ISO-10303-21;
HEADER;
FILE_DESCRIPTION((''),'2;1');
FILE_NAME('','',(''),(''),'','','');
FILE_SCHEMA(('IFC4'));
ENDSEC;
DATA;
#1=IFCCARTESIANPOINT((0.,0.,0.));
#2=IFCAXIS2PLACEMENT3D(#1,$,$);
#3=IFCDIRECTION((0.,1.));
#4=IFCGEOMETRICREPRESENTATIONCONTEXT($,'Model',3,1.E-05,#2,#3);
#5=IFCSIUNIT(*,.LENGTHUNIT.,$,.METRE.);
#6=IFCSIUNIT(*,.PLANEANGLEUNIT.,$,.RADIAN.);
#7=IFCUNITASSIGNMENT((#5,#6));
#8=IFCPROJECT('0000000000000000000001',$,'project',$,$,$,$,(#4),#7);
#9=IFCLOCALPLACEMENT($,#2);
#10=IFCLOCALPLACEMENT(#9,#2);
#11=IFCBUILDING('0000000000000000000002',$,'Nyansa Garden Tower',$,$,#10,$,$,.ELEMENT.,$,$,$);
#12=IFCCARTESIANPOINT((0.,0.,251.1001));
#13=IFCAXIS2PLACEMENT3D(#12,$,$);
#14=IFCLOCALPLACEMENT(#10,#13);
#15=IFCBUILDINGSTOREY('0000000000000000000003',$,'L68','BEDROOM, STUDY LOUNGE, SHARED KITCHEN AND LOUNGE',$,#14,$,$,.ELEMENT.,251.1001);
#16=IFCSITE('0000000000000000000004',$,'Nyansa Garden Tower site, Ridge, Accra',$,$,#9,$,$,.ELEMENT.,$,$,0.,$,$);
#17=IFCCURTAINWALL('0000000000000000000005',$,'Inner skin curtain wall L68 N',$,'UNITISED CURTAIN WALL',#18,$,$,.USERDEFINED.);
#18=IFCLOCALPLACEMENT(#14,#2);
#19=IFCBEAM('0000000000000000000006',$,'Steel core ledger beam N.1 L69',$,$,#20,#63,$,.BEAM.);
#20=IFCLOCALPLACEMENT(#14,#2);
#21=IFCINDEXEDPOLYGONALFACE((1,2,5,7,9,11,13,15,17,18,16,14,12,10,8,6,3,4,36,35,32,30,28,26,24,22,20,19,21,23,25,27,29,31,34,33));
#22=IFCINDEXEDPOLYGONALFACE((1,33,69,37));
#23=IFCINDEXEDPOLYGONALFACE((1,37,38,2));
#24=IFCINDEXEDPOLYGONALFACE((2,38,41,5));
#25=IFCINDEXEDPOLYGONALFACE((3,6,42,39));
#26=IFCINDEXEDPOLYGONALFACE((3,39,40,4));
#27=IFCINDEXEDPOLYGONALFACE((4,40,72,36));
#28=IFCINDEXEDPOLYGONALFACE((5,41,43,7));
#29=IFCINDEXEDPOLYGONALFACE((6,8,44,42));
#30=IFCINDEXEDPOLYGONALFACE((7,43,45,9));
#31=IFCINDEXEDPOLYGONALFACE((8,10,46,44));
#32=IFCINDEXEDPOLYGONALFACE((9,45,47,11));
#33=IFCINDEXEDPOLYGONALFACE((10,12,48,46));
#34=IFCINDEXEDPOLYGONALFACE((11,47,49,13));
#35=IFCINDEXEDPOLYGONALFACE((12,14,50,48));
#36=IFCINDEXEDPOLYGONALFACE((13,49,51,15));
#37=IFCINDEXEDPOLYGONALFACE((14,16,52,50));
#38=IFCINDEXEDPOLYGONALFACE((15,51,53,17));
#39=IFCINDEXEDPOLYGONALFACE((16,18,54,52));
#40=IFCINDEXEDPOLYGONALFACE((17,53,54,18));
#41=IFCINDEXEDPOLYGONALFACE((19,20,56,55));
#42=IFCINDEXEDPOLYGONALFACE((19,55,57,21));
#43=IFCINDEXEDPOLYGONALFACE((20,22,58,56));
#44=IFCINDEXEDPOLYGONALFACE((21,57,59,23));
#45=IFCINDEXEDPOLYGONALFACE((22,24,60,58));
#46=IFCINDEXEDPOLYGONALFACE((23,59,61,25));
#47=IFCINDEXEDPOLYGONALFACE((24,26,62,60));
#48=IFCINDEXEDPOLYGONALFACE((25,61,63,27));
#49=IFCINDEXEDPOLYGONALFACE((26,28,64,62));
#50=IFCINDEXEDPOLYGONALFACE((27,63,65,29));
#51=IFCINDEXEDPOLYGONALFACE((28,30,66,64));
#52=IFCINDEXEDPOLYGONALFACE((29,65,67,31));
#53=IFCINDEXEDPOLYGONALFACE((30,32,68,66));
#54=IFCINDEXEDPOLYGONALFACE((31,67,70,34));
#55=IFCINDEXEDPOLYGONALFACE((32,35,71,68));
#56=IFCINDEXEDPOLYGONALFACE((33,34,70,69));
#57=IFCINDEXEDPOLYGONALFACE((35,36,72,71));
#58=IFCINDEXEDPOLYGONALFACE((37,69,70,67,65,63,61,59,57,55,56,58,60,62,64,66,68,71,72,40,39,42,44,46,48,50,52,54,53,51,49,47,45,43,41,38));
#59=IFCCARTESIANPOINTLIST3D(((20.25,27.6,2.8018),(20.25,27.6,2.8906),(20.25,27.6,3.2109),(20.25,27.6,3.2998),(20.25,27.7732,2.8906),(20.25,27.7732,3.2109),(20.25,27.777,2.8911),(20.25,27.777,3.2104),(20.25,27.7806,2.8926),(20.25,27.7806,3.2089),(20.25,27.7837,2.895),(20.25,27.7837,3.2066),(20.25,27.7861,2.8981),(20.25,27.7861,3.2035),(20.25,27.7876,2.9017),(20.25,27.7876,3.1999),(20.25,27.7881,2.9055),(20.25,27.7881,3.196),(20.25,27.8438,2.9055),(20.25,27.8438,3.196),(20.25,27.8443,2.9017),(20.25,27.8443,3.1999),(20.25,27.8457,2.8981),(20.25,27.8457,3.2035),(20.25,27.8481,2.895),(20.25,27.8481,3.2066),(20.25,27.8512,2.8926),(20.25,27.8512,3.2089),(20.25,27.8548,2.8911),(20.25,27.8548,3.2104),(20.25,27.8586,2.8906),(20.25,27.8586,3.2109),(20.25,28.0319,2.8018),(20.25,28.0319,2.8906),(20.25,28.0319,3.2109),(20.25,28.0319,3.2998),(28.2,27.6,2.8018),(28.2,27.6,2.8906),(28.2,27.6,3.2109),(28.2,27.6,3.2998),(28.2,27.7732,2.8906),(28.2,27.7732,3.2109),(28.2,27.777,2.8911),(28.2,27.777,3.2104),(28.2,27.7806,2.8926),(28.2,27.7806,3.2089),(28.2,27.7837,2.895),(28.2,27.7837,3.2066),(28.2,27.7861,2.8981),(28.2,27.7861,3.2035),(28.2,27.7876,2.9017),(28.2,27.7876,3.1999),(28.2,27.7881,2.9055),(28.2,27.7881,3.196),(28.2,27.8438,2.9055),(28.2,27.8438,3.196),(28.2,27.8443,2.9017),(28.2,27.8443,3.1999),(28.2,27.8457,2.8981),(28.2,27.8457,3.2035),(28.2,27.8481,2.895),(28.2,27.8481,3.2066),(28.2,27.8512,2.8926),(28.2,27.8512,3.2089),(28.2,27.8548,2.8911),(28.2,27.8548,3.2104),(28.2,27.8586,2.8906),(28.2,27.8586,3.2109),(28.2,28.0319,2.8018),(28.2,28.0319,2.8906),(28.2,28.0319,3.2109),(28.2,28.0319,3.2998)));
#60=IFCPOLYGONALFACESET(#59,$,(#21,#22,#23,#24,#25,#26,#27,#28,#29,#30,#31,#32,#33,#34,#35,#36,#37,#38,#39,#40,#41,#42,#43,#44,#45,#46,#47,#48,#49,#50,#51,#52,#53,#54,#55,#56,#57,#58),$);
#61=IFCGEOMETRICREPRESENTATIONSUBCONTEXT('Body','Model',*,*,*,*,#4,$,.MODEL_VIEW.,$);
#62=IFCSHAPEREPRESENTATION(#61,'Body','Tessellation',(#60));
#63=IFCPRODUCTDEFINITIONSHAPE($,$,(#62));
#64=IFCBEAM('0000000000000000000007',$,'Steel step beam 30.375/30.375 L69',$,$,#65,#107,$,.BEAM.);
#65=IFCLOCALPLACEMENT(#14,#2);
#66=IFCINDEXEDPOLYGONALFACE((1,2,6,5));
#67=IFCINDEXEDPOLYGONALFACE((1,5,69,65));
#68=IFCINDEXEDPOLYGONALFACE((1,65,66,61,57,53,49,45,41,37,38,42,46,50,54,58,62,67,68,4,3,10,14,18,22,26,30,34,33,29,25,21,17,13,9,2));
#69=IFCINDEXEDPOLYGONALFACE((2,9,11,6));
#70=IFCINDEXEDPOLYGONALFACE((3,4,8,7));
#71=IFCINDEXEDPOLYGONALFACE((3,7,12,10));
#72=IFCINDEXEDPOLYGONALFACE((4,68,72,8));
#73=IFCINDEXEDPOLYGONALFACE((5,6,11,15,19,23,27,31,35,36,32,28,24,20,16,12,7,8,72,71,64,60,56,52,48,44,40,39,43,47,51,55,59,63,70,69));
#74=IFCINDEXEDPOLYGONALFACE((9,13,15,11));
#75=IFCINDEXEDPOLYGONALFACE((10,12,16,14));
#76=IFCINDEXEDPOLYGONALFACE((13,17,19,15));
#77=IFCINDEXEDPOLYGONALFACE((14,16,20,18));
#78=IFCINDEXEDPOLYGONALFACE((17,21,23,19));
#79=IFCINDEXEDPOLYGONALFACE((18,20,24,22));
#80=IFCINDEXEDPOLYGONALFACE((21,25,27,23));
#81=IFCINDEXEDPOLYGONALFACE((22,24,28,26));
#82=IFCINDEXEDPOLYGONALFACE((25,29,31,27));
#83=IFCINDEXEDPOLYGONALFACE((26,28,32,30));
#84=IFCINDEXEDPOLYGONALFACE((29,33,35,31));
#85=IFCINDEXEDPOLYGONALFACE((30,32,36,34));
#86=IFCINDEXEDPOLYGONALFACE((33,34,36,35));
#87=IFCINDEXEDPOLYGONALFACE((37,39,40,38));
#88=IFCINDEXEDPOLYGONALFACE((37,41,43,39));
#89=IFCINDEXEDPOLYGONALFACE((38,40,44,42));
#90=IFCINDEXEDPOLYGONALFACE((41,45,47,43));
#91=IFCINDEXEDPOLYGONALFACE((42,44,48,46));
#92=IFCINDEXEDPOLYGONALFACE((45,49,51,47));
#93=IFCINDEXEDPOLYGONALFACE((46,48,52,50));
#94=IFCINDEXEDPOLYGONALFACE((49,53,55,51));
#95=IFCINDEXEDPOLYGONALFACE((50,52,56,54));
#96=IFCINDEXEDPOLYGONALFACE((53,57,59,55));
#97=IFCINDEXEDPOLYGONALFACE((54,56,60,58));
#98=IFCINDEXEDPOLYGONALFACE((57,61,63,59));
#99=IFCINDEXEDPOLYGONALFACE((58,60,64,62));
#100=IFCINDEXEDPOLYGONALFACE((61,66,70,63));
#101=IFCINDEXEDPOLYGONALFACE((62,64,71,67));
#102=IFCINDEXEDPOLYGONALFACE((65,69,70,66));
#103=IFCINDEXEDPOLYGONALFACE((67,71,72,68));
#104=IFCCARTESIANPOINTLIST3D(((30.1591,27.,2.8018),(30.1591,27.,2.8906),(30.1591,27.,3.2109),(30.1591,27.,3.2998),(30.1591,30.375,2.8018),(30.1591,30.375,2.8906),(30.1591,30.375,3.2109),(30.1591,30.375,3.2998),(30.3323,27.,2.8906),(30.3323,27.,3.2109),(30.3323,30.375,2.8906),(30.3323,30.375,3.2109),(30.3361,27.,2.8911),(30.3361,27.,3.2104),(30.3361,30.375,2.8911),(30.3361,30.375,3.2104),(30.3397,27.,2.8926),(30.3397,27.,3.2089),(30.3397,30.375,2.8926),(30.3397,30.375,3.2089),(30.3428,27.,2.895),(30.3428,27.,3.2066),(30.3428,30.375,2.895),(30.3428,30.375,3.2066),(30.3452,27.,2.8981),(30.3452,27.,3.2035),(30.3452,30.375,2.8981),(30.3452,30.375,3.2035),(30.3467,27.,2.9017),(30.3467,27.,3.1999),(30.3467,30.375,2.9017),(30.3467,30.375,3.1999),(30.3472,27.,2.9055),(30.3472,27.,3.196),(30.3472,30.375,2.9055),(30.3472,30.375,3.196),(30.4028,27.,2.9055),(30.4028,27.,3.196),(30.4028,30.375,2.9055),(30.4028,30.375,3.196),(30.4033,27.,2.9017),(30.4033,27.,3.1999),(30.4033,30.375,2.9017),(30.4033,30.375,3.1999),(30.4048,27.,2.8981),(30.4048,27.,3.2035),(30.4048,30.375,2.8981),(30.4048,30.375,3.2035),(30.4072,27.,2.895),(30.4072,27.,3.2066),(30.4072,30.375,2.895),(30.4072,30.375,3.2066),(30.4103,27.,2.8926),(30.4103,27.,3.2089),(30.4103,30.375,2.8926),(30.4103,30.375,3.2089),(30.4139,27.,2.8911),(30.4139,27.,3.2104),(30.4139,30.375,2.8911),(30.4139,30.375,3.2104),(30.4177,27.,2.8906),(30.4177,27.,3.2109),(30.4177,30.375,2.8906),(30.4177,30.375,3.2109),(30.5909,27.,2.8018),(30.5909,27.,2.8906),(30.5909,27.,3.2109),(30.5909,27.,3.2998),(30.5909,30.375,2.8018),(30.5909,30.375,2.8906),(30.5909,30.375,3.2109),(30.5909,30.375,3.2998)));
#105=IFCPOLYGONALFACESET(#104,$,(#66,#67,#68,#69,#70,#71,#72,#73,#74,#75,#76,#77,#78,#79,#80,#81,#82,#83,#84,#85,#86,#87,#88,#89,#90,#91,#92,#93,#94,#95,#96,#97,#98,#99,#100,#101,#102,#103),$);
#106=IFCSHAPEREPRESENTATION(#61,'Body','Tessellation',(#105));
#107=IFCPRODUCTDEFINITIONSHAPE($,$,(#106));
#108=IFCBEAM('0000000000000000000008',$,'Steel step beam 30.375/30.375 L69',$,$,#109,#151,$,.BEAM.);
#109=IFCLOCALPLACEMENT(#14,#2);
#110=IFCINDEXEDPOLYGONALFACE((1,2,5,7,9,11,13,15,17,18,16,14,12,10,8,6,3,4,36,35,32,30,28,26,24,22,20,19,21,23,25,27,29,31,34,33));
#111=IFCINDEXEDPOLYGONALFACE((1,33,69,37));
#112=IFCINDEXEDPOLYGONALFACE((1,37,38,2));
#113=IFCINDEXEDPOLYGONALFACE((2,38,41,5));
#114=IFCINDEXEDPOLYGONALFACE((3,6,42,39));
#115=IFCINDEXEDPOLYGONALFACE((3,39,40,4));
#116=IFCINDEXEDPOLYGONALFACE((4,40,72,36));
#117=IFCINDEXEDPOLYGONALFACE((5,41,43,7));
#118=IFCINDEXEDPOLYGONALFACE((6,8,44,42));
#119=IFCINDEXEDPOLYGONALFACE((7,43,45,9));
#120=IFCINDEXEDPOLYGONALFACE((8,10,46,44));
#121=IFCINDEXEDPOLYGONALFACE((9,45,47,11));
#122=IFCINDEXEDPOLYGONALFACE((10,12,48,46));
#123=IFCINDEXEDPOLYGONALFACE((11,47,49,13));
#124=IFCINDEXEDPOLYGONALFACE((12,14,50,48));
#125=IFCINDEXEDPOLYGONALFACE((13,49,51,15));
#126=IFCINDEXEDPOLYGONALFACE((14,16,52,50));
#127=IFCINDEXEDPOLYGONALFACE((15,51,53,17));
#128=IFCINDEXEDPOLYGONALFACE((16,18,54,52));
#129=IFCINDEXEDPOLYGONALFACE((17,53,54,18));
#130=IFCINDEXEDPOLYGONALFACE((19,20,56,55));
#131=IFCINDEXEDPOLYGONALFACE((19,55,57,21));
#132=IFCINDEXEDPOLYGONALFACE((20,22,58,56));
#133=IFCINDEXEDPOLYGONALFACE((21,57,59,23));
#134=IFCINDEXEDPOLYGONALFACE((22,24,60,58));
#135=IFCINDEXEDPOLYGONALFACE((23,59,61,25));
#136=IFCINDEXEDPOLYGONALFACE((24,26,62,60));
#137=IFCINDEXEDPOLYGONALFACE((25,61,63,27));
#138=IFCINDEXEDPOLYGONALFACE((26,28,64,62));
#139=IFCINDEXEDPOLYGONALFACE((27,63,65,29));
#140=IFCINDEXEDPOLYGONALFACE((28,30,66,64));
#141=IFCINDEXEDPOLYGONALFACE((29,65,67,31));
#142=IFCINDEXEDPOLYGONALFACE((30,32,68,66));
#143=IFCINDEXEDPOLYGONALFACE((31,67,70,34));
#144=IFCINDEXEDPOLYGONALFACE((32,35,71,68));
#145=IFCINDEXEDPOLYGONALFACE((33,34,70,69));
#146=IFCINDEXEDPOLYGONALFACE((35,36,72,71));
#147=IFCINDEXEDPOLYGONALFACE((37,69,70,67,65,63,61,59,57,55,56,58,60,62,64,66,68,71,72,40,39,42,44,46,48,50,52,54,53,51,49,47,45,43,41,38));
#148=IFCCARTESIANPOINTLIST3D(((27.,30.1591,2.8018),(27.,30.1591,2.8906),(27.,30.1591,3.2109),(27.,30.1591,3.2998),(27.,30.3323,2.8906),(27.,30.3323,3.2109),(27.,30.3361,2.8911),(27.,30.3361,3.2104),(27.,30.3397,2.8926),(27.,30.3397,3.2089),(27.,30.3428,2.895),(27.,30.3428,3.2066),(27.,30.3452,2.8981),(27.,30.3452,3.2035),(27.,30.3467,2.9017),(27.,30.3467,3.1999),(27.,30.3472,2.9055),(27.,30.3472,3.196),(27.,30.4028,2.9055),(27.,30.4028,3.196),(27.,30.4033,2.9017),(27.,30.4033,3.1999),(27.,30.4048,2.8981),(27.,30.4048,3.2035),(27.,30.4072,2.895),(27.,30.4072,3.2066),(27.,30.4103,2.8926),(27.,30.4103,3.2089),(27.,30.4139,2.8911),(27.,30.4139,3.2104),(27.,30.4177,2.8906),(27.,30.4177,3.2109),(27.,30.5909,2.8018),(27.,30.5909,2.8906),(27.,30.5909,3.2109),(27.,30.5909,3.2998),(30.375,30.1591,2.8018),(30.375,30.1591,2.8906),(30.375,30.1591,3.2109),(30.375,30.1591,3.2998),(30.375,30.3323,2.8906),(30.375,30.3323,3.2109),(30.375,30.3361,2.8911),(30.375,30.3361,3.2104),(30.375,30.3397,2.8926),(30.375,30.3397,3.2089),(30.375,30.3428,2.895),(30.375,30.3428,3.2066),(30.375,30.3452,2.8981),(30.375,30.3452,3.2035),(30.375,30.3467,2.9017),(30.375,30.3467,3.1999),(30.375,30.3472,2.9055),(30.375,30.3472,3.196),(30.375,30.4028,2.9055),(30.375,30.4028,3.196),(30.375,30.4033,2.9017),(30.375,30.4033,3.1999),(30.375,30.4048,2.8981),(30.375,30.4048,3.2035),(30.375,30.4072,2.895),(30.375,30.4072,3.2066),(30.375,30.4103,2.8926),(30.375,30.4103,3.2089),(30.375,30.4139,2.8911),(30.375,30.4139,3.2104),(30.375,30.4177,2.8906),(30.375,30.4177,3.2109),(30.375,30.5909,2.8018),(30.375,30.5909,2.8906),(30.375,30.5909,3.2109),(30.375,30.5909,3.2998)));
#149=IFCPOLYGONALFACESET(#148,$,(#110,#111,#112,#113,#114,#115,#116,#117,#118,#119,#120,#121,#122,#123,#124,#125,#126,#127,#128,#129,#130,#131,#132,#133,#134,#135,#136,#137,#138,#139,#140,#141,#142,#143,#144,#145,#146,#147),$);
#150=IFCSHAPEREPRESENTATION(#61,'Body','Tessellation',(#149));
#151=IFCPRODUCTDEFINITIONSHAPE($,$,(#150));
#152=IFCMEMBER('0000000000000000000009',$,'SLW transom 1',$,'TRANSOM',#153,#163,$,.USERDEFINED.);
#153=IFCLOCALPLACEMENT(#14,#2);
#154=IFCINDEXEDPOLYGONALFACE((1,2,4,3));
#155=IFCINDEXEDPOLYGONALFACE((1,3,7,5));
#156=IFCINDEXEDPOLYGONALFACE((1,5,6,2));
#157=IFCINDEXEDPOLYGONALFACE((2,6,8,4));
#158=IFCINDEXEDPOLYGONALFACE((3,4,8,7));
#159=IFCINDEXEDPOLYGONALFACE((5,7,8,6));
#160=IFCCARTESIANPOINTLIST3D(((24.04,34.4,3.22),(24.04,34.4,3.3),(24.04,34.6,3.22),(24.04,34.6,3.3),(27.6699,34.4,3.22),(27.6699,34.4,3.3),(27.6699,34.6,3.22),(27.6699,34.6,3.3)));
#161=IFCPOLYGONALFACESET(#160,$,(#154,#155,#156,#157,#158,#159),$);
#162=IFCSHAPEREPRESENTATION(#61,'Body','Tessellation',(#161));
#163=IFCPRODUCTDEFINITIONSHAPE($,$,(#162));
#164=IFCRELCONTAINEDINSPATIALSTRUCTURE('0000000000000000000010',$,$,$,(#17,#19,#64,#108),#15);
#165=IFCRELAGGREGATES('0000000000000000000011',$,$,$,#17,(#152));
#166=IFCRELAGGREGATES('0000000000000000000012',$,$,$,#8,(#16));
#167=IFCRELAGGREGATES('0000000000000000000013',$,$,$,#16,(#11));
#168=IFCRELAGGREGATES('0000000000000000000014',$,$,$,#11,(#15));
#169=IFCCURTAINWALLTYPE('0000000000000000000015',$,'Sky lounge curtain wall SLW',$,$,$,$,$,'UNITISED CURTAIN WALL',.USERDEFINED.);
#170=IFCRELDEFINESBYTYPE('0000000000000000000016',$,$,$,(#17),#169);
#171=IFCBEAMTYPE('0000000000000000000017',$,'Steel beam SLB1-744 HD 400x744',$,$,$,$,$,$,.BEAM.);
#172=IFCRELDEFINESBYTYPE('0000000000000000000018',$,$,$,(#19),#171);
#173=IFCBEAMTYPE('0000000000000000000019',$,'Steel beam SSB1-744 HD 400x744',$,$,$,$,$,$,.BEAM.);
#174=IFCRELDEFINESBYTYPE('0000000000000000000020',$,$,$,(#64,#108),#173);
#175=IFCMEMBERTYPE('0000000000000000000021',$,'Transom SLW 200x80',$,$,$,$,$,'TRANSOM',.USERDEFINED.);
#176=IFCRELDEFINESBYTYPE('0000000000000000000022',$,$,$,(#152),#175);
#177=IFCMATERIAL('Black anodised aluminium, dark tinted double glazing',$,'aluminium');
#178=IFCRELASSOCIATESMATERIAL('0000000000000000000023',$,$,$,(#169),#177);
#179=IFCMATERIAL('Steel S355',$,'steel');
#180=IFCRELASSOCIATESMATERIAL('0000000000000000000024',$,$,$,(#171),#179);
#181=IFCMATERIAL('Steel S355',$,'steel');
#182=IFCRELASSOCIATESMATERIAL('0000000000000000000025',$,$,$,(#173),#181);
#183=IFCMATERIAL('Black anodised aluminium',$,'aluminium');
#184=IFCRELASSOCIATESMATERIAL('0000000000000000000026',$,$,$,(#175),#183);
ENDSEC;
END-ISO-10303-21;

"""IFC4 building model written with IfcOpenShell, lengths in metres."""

from ifc_helpers import new_model, si_unit, direction, frame, origin, origin_2d, place, context, subcontext, project, spatial, rectangle, i_section, extrude, material, material_profile, profile_set, type_object, element, aggregate, save


model = new_model("IFC4")

# Units and contexts
model_context = context("Model", 3, precision=1e-05, world=origin(), true_north=direction((0.0, 1.0)))
body_context = subcontext(model_context, "Body", "Model", "MODEL_VIEW")
ifc_project = project(units=[si_unit("LENGTHUNIT", "METRE"), si_unit("PLANEANGLEUNIT", "RADIAN")], contexts=[model_context])

# Site, building, storey
site_placement = place(None, origin())
site = spatial("IfcSite", under=ifc_project, at=site_placement, Name="Nyansa Garden Tower site, Ridge, Accra", CompositionType="ELEMENT", RefElevation=0.0)
building_placement = place(site_placement, origin())
building = spatial("IfcBuilding", under=site, at=building_placement, Name="Nyansa Garden Tower", CompositionType="ELEMENT")
storey_placement = place(building_placement, frame((0.0, 0.0, 251.1001)))
storey = spatial("IfcBuildingStorey", under=building, at=storey_placement, Name="L68", Description="BEDROOM, STUDY LOUNGE, SHARED KITCHEN AND LOUNGE", CompositionType="ELEMENT", Elevation=251.1001)

# Curtain wall
ifc_material_1 = material(Name="Black anodised aluminium, dark tinted double glazing", Category="aluminium")
curtain_wall_type = type_object("IfcCurtainWallType", Name="Sky lounge curtain wall SLW", ElementType="UNITISED CURTAIN WALL", PredefinedType="USERDEFINED", material=ifc_material_1)
curtain_wall_1_placement = place(storey_placement, origin())
curtain_wall_1 = element("IfcCurtainWall", 1, at=curtain_wall_1_placement, inside=storey, type_object=curtain_wall_type, Name="Inner skin curtain wall L68 N", ObjectType="UNITISED CURTAIN WALL", PredefinedType="USERDEFINED")

# Beams
ifc_material_2 = material(Name="Steel S355", Category="steel")
ifc_material_profile_1 = material_profile(ifc_material_2, i_section(OverallWidth=0.4319, OverallDepth=0.498, WebThickness=0.0557, FlangeThickness=0.0889, FilletRadius=0.0149, at=origin_2d()), Name="HD 400x744")
ifc_profile_set_1 = profile_set([ifc_material_profile_1], Name="Steel S355")
beam_type_1 = type_object("IfcBeamType", Name="Steel beam SLB1-744 HD 400x744", PredefinedType="BEAM", material=ifc_profile_set_1)
beam_1_placement = place(storey_placement, frame((28.2, 27.8159, 3.0508), z_axis=(-1.0, 0.0, 0.0), x_axis=(0.0, -1.0, 0.0)))
element("IfcBeam", 2, at=beam_1_placement, inside=storey, type_object=beam_type_1, Name="Steel core ledger beam N.1 L69", PredefinedType="BEAM", context=body_context, shape_type="SweptSolid", body=[
    extrude(i_section(OverallWidth=0.4319, OverallDepth=0.498, WebThickness=0.0557, FlangeThickness=0.0889, FilletRadius=0.0149, at=origin_2d()), origin(), (0.0, 0.0, 1.0), 7.95),
])
ifc_material_3 = material(Name="Steel S355", Category="steel")
ifc_material_profile_2 = material_profile(ifc_material_3, i_section(OverallWidth=0.4319, OverallDepth=0.498, WebThickness=0.0557, FlangeThickness=0.0889, FilletRadius=0.0149, at=origin_2d()), Name="HD 400x744")
ifc_profile_set_2 = profile_set([ifc_material_profile_2], Name="Steel S355")
beam_type_2 = type_object("IfcBeamType", Name="Steel beam SSB1-744 HD 400x744", PredefinedType="BEAM", material=ifc_profile_set_2)
for number, where, z_axis, x_axis, name in (
    (3, (30.375, 30.375, 3.0508), (0.0, -1.0, 0.0), (1.0, 0.0, 0.0), "Steel step beam 30.375/30.375 L69"),
    (4, (30.375, 30.375, 3.0508), (-1.0, 0.0, 0.0), (0.0, -1.0, 0.0), "Steel step beam 30.375/30.375 L69"),
):
    element("IfcBeam", number, at=place(storey_placement, frame(where, z_axis=z_axis, x_axis=x_axis)), inside=storey, type_object=beam_type_2, Name=name, PredefinedType="BEAM", context=body_context, shape_type="SweptSolid", body=[
        extrude(i_section(OverallWidth=0.4319, OverallDepth=0.498, WebThickness=0.0557, FlangeThickness=0.0889, FilletRadius=0.0149, at=origin_2d()), origin(), (0.0, 0.0, 1.0), 3.375),
    ])

# Member
ifc_material_4 = material(Name="Black anodised aluminium", Category="aluminium")
ifc_material_profile_3 = material_profile(ifc_material_4, rectangle(XDim=0.2, YDim=0.0801, at=origin_2d()), Name="Transom 200x80")
ifc_profile_set_3 = profile_set([ifc_material_profile_3], Name="Black anodised aluminium")
member_type_1 = type_object("IfcMemberType", Name="Transom SLW 200x80", ElementType="TRANSOM", PredefinedType="USERDEFINED", material=ifc_profile_set_3)
member_1_placement = place(storey_placement, frame((27.6699, 34.5, 3.26), z_axis=(-1.0, 0.0, 0.0), x_axis=(0.0, -1.0, 0.0)))
member_1 = element("IfcMember", 5, at=member_1_placement, type_object=member_type_1, Name="SLW transom 1", ObjectType="TRANSOM", PredefinedType="USERDEFINED", context=body_context, shape_type="SweptSolid", body=[
    extrude(rectangle(XDim=0.2, YDim=0.0801, at=origin_2d()), origin(), (0.0, 0.0, 1.0), 3.6299),
])
aggregate(curtain_wall_1, [member_1])

save(model, "model.ifc")
